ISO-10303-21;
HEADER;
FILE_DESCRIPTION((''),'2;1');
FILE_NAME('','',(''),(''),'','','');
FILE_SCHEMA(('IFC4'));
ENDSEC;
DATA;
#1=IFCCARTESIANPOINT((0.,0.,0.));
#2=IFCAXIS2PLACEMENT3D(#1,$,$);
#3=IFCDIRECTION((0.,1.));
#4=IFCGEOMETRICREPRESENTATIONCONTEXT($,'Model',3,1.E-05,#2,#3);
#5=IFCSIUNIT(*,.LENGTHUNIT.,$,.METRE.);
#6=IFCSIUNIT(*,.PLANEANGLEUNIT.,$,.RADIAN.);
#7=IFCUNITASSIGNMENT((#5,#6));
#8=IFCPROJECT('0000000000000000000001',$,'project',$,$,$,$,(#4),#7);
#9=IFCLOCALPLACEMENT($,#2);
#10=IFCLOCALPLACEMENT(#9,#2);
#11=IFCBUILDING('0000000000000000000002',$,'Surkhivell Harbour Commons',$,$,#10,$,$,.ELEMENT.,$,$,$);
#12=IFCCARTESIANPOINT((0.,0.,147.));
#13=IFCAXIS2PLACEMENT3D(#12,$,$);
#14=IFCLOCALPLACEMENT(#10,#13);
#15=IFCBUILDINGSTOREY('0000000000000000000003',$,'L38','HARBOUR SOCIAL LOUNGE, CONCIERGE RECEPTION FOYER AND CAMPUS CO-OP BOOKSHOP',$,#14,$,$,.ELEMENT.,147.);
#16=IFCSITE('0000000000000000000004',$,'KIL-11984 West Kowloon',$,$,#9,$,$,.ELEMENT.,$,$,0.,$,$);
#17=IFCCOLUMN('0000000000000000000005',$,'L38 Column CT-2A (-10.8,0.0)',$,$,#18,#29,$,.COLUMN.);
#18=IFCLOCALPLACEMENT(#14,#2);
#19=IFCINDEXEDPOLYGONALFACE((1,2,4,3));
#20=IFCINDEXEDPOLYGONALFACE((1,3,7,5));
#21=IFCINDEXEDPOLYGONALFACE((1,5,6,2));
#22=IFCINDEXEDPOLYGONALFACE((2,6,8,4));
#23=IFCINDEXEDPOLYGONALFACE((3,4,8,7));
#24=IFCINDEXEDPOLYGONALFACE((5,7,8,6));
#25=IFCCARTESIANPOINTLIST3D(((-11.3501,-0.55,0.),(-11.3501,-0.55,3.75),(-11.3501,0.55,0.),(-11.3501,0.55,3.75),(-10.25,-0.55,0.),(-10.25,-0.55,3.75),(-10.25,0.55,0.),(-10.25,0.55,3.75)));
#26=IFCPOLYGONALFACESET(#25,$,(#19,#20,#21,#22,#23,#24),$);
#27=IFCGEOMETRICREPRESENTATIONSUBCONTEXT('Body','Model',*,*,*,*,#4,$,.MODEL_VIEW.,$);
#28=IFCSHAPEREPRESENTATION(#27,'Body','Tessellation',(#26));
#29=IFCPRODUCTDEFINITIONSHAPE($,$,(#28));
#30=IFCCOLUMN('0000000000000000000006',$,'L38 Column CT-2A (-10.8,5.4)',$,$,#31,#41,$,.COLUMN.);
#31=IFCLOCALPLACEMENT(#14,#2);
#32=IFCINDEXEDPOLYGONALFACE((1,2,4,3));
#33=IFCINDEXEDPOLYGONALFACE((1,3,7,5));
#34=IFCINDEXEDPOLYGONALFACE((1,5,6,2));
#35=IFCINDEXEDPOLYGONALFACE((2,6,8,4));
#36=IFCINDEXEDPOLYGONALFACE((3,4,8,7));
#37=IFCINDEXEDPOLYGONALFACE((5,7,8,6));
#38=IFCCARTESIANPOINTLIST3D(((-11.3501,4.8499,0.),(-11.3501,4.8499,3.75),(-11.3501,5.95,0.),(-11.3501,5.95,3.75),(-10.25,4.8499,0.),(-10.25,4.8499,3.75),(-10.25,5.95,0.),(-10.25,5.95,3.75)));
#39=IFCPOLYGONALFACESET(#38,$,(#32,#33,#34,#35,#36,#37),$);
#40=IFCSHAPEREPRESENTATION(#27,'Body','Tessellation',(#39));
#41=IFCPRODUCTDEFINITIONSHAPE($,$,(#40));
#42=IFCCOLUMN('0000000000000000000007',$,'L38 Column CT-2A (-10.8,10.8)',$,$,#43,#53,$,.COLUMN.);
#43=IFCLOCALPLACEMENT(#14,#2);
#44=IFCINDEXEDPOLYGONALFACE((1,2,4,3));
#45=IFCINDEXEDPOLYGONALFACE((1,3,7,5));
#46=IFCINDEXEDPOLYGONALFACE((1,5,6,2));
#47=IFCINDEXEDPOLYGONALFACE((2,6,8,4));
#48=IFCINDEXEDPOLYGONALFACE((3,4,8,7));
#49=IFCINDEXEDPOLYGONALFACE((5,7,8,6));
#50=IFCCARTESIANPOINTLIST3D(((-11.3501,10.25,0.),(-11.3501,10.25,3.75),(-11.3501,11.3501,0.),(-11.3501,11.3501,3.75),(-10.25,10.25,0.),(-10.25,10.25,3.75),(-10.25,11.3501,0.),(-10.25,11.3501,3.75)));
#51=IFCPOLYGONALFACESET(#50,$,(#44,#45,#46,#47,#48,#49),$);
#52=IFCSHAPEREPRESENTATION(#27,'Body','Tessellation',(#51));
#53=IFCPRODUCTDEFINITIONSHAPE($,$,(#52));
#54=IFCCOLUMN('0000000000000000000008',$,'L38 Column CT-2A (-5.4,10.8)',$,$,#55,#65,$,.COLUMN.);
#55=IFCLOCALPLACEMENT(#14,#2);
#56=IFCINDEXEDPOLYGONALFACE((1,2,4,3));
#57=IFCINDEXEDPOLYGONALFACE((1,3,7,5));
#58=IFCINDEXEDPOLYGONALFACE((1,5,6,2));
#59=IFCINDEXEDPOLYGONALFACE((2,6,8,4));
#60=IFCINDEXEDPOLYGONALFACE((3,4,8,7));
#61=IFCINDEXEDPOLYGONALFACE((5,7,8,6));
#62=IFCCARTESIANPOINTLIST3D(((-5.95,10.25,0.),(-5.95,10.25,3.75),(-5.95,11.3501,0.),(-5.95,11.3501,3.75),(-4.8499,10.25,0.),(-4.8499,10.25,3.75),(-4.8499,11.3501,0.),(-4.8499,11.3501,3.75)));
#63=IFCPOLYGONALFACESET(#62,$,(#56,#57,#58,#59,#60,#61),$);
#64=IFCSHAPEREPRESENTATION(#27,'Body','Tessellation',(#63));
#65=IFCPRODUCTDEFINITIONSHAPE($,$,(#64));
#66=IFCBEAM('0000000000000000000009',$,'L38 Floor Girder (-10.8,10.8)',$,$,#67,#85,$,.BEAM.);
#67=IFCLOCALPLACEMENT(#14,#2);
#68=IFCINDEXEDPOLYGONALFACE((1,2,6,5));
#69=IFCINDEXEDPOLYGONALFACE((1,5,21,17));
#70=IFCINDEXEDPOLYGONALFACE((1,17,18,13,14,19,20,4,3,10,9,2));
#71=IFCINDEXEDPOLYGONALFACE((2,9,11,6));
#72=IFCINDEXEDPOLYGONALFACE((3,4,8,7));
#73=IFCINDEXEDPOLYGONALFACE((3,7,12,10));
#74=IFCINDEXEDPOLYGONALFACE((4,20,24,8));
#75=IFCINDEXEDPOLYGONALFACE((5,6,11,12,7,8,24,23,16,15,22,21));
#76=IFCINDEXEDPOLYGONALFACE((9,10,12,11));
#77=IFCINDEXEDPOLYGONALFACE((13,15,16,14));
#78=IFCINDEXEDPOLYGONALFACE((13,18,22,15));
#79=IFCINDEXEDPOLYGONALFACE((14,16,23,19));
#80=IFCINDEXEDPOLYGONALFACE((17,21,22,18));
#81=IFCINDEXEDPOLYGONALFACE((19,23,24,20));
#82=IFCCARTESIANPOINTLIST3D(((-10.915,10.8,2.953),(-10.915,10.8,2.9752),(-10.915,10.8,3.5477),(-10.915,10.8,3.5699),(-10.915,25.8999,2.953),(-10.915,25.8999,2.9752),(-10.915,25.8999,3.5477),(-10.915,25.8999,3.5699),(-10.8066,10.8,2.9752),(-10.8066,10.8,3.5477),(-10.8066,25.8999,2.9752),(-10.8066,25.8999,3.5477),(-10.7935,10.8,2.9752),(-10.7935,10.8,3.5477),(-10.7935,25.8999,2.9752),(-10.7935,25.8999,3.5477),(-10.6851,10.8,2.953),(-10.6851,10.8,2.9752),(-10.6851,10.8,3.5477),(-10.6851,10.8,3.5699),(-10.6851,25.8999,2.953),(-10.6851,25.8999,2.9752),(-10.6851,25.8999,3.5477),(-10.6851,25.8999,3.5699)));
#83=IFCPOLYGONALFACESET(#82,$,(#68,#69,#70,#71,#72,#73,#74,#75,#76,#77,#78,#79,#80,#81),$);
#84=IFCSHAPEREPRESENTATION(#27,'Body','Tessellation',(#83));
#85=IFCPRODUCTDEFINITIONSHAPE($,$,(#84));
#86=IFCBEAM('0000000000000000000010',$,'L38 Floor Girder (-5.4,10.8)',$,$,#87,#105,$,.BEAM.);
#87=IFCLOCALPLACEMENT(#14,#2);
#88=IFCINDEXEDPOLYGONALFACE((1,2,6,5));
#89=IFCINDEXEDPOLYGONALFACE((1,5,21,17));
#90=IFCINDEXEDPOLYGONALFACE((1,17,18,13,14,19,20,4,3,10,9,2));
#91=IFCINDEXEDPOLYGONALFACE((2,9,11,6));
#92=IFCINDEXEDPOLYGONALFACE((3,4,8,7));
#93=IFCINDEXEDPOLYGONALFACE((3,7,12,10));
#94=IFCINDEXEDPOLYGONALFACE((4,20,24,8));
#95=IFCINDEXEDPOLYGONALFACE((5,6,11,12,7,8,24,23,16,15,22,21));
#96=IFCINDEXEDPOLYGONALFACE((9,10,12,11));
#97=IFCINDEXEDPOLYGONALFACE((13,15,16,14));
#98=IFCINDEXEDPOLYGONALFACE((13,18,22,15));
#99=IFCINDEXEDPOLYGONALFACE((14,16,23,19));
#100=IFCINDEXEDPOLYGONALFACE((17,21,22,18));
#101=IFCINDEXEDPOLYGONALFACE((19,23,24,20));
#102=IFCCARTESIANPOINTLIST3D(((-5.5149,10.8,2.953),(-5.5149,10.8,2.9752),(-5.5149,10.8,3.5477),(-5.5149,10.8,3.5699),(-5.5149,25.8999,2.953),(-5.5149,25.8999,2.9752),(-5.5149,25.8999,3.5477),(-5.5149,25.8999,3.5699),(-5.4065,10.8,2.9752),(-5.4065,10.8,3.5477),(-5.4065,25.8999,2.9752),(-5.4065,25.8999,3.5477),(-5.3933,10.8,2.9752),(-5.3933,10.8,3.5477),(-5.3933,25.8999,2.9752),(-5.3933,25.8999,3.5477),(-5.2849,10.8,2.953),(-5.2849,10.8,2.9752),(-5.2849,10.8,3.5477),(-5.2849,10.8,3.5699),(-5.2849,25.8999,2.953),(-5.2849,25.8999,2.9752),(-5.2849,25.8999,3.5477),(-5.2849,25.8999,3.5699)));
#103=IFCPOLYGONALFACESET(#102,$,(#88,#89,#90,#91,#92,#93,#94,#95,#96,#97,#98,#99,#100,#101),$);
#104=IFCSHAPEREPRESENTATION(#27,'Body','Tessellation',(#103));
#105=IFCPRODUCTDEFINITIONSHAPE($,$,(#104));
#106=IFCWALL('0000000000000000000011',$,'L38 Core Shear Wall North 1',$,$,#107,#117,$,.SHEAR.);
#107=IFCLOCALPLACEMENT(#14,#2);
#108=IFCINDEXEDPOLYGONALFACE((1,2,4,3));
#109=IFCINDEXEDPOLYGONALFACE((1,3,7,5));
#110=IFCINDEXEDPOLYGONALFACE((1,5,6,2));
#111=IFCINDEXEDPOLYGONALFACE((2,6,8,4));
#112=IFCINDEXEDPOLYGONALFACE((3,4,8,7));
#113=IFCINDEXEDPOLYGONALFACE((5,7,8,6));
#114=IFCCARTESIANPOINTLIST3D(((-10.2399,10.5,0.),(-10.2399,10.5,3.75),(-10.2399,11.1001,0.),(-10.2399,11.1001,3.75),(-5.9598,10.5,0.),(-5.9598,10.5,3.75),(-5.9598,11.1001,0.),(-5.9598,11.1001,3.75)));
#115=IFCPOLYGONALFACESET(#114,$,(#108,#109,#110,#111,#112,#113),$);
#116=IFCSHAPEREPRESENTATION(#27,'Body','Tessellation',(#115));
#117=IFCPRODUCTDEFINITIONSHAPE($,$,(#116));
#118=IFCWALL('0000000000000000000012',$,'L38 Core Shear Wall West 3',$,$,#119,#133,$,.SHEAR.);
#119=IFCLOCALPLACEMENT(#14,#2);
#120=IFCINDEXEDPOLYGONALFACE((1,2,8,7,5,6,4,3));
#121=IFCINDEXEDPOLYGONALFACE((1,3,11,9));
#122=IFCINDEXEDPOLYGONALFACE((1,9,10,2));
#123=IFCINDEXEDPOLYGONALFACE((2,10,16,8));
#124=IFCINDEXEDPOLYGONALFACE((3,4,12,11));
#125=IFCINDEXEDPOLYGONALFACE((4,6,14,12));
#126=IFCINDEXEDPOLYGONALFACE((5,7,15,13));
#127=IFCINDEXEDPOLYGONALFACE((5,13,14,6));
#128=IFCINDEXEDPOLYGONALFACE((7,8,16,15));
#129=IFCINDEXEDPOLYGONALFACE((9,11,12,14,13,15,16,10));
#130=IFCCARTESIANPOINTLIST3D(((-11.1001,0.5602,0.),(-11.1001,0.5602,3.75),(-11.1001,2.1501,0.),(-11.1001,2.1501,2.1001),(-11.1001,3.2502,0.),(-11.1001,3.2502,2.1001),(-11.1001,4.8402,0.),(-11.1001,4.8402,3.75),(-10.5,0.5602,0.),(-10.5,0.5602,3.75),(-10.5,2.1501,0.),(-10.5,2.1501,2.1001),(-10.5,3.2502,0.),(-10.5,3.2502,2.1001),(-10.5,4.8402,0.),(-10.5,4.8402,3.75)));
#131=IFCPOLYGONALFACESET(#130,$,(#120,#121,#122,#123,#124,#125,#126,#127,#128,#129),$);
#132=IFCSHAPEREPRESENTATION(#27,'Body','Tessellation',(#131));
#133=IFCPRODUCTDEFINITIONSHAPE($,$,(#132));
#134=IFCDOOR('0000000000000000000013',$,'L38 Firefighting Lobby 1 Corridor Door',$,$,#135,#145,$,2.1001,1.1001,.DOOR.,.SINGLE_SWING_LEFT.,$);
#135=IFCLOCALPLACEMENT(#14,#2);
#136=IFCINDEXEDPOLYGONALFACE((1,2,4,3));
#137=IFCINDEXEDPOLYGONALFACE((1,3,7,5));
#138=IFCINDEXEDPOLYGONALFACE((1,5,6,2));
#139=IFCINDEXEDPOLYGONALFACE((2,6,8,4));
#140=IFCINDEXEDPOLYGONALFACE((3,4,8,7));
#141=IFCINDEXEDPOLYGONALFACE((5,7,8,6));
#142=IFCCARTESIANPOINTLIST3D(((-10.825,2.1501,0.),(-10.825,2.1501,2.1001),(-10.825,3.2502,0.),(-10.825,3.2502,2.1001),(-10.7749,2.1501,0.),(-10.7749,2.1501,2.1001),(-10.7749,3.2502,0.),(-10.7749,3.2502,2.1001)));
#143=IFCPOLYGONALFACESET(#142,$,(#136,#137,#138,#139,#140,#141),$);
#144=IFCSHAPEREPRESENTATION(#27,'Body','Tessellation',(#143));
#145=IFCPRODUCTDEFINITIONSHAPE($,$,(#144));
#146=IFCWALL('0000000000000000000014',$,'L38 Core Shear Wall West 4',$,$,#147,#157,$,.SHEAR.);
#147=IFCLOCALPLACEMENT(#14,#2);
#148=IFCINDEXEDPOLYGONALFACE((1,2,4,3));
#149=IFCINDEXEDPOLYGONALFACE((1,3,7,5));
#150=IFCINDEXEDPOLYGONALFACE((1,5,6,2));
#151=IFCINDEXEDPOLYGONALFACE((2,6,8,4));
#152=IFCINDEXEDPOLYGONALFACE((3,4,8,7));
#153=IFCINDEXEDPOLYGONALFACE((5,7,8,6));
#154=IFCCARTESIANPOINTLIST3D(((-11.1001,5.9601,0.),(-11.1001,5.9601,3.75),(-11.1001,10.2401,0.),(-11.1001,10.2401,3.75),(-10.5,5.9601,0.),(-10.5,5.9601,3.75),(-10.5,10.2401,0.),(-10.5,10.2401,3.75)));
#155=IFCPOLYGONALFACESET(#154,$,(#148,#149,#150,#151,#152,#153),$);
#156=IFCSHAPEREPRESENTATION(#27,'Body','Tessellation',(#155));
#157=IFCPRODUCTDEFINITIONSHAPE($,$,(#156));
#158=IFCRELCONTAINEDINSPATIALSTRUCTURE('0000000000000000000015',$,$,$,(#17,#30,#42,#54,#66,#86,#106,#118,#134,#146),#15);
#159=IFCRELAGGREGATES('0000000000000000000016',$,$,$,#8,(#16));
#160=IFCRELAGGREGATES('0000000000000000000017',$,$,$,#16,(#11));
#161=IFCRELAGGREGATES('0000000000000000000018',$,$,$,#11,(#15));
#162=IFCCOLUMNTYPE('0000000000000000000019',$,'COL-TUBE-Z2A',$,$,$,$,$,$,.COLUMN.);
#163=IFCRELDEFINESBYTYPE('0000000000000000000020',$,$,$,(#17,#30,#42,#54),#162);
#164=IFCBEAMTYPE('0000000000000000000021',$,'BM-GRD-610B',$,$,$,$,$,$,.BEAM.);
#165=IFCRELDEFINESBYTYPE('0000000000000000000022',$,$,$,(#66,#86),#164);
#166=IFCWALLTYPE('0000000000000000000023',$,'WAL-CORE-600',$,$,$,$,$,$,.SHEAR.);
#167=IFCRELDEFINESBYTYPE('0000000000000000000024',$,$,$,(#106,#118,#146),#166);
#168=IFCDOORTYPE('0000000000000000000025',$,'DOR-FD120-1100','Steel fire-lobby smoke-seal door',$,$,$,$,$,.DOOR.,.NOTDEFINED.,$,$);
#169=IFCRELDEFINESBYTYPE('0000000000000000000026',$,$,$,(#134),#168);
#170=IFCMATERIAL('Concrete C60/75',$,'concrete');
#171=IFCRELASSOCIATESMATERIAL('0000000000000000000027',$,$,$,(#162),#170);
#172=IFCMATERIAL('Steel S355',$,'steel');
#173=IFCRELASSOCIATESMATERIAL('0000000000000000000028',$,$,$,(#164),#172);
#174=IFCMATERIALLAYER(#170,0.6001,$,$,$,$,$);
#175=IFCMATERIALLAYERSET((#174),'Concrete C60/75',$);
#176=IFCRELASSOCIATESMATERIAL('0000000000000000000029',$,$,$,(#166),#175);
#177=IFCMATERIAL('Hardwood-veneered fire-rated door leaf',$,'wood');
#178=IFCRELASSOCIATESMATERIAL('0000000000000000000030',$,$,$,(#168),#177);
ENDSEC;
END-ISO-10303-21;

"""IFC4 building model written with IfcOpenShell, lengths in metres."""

from ifc_helpers import new_model, si_unit, direction, frame, frame_2d, origin, origin_2d, place, context, subcontext, project, spatial, rectangle, i_section, extrude, material, layer, layer_set, material_profile, profile_set, type_object, element, fill, save


model = new_model("IFC4")

# Units and contexts
model_context = context("Model", 3, precision=1e-05, world=origin(), true_north=direction((0.0, 1.0)))
body_context = subcontext(model_context, "Body", "Model", "MODEL_VIEW")
ifc_project = project(units=[si_unit("LENGTHUNIT", "METRE"), si_unit("PLANEANGLEUNIT", "RADIAN")], contexts=[model_context])

# Site, building, storey
site_placement = place(None, origin())
site = spatial("IfcSite", under=ifc_project, at=site_placement, Name="KIL-11984 West Kowloon", CompositionType="ELEMENT", RefElevation=0.0)
building_placement = place(site_placement, origin())
building = spatial("IfcBuilding", under=site, at=building_placement, Name="Surkhivell Harbour Commons", CompositionType="ELEMENT")
storey_placement = place(building_placement, frame((0.0, 0.0, 147.0)))
storey = spatial("IfcBuildingStorey", under=building, at=storey_placement, Name="L38", Description="HARBOUR SOCIAL LOUNGE, CONCIERGE RECEPTION FOYER AND CAMPUS CO-OP BOOKSHOP", CompositionType="ELEMENT", Elevation=147.0)

# Columns
ifc_material_1 = material(Name="Concrete C60/75", Category="concrete")
ifc_material_profile_1 = material_profile(ifc_material_1, rectangle(XDim=1.1001, YDim=1.1001, at=origin_2d()), Name="RC-COL-1100x1100")
ifc_profile_set_1 = profile_set([ifc_material_profile_1], Name="Concrete C60/75")
column_type = type_object("IfcColumnType", Name="COL-TUBE-Z2A", PredefinedType="COLUMN", material=ifc_profile_set_1)
for number, where, z_axis, x_axis, name in (
    (1, (-10.8, 0.0, 0.0), (0.0, 0.0, 1.0), (1.0, 0.0, 0.0), "L38 Column CT-2A (-10.8,0.0)"),
    (2, (-10.8, 5.3999, 0.0), (0.0, 0.0, 1.0), (1.0, 0.0, 0.0), "L38 Column CT-2A (-10.8,5.4)"),
    (3, (-10.8, 10.8, 0.0), (0.0, 0.0, 1.0), (1.0, 0.0, 0.0), "L38 Column CT-2A (-10.8,10.8)"),
    (4, (-5.3999, 10.8, 0.0), (0.0, 0.0, 1.0), (1.0, 0.0, 0.0), "L38 Column CT-2A (-5.4,10.8)"),
):
    element("IfcColumn", number, at=place(storey_placement, frame(where, z_axis=z_axis, x_axis=x_axis)), inside=storey, type_object=column_type, Name=name, PredefinedType="COLUMN", context=body_context, shape_type="SweptSolid", body=[
        extrude(rectangle(XDim=1.1001, YDim=1.1001, at=origin_2d()), origin(), (0.0, 0.0, 1.0), 3.75),
    ])

# Beams
ifc_material_2 = material(Name="Steel S355", Category="steel")
ifc_material_profile_2 = material_profile(ifc_material_2, i_section(OverallWidth=0.23, OverallDepth=0.6169, WebThickness=0.0132, FlangeThickness=0.0222, at=origin_2d()), Name="UB610x229x140")
ifc_profile_set_2 = profile_set([ifc_material_profile_2], Name="Steel S355")
beam_type = type_object("IfcBeamType", Name="BM-GRD-610B", PredefinedType="BEAM", material=ifc_profile_set_2)
for number, where, z_axis, x_axis, name in (
    (5, (-10.8, 10.8, 3.2615), (0.0, 1.0, 0.0), (-1.0, 0.0, 0.0), "L38 Floor Girder (-10.8,10.8)"),
    (6, (-5.3999, 10.8, 3.2615), (0.0, 1.0, 0.0), (-1.0, 0.0, 0.0), "L38 Floor Girder (-5.4,10.8)"),
):
    element("IfcBeam", number, at=place(storey_placement, frame(where, z_axis=z_axis, x_axis=x_axis)), inside=storey, type_object=beam_type, Name=name, PredefinedType="BEAM", context=body_context, shape_type="SweptSolid", body=[
        extrude(i_section(OverallWidth=0.23, OverallDepth=0.6169, WebThickness=0.0132, FlangeThickness=0.0222, at=origin_2d()), origin(), (0.0, 0.0, 1.0), 15.0999),
    ])

# Wall
ifc_layer_1 = layer(ifc_material_1, 0.6001)
ifc_layer_set_1 = layer_set([ifc_layer_1], Name="Concrete C60/75")
wall_type_1 = type_object("IfcWallType", Name="WAL-CORE-600", PredefinedType="SHEAR", material=ifc_layer_set_1)
wall_1_placement = place(storey_placement, frame((-10.24, 10.8, 0.0), z_axis=(0.0, 0.0, 1.0), x_axis=(1.0, 0.0, 0.0)))
element("IfcWall", 7, at=wall_1_placement, inside=storey, type_object=wall_type_1, Name="L38 Core Shear Wall North 1", PredefinedType="SHEAR", context=body_context, shape_type="SweptSolid", body=[
    extrude(rectangle(XDim=4.28, YDim=0.6001, at=frame_2d((2.1401, 0.0))), origin(), (0.0, 0.0, 1.0), 3.75),
])

# Wall, opening, door
wall_2_placement = place(storey_placement, frame((-10.8, 0.5601, 0.0), z_axis=(0.0, 0.0, 1.0), x_axis=(0.0, 1.0, 0.0)))
wall_2 = element("IfcWall", 8, at=wall_2_placement, inside=storey, type_object=wall_type_1, Name="L38 Core Shear Wall West 3", PredefinedType="SHEAR", context=body_context, shape_type="SweptSolid", body=[
    extrude(rectangle(XDim=4.28, YDim=0.6001, at=frame_2d((2.1401, 0.0))), origin(), (0.0, 0.0, 1.0), 3.75),
])
opening_1_placement = place(wall_2_placement, frame((1.5901, 0.0, 0.0)))
opening_1 = element("IfcOpeningElement", 9, at=opening_1_placement, cuts=wall_2, PredefinedType="OPENING", context=body_context, shape_type="SweptSolid", body=[
    extrude(rectangle(XDim=1.1001, YDim=2.1001, at=frame_2d((0.55, 1.05))), frame((0.0, 0.3101, 0.0), z_axis=(0.0, -1.0, 0.0), x_axis=(1.0, 0.0, 0.0)), (0.0, 0.0, 1.0), 0.6201),
])
ifc_material_3 = material(Name="Hardwood-veneered fire-rated door leaf", Category="wood")
door_type_1 = type_object("IfcDoorType", Name="DOR-FD120-1100", Description="Steel fire-lobby smoke-seal door", OperationType="NOTDEFINED", PredefinedType="DOOR", material=ifc_material_3)
door_1_placement = place(opening_1_placement, origin())
door_1 = element("IfcDoor", 10, at=door_1_placement, inside=storey, type_object=door_type_1, Name="L38 Firefighting Lobby 1 Corridor Door", OperationType="SINGLE_SWING_LEFT", OverallHeight=2.1001, OverallWidth=1.1001, PredefinedType="DOOR", context=body_context, shape_type="SweptSolid", body=[
    extrude(rectangle(XDim=1.1001, YDim=2.1001, at=frame_2d((0.55, 1.05))), frame((0.0, 0.0249, 0.0), z_axis=(0.0, -1.0, 0.0), x_axis=(1.0, 0.0, 0.0)), (0.0, 0.0, 1.0), 0.05),
])
fill(opening_1, door_1)

# Wall
wall_3_placement = place(storey_placement, frame((-10.8, 5.96, 0.0), z_axis=(0.0, 0.0, 1.0), x_axis=(0.0, 1.0, 0.0)))
element("IfcWall", 11, at=wall_3_placement, inside=storey, type_object=wall_type_1, Name="L38 Core Shear Wall West 4", PredefinedType="SHEAR", context=body_context, shape_type="SweptSolid", body=[
    extrude(rectangle(XDim=4.28, YDim=0.6001, at=frame_2d((2.1401, 0.0))), origin(), (0.0, 0.0, 1.0), 3.75),
])

save(model, "model.ifc")
